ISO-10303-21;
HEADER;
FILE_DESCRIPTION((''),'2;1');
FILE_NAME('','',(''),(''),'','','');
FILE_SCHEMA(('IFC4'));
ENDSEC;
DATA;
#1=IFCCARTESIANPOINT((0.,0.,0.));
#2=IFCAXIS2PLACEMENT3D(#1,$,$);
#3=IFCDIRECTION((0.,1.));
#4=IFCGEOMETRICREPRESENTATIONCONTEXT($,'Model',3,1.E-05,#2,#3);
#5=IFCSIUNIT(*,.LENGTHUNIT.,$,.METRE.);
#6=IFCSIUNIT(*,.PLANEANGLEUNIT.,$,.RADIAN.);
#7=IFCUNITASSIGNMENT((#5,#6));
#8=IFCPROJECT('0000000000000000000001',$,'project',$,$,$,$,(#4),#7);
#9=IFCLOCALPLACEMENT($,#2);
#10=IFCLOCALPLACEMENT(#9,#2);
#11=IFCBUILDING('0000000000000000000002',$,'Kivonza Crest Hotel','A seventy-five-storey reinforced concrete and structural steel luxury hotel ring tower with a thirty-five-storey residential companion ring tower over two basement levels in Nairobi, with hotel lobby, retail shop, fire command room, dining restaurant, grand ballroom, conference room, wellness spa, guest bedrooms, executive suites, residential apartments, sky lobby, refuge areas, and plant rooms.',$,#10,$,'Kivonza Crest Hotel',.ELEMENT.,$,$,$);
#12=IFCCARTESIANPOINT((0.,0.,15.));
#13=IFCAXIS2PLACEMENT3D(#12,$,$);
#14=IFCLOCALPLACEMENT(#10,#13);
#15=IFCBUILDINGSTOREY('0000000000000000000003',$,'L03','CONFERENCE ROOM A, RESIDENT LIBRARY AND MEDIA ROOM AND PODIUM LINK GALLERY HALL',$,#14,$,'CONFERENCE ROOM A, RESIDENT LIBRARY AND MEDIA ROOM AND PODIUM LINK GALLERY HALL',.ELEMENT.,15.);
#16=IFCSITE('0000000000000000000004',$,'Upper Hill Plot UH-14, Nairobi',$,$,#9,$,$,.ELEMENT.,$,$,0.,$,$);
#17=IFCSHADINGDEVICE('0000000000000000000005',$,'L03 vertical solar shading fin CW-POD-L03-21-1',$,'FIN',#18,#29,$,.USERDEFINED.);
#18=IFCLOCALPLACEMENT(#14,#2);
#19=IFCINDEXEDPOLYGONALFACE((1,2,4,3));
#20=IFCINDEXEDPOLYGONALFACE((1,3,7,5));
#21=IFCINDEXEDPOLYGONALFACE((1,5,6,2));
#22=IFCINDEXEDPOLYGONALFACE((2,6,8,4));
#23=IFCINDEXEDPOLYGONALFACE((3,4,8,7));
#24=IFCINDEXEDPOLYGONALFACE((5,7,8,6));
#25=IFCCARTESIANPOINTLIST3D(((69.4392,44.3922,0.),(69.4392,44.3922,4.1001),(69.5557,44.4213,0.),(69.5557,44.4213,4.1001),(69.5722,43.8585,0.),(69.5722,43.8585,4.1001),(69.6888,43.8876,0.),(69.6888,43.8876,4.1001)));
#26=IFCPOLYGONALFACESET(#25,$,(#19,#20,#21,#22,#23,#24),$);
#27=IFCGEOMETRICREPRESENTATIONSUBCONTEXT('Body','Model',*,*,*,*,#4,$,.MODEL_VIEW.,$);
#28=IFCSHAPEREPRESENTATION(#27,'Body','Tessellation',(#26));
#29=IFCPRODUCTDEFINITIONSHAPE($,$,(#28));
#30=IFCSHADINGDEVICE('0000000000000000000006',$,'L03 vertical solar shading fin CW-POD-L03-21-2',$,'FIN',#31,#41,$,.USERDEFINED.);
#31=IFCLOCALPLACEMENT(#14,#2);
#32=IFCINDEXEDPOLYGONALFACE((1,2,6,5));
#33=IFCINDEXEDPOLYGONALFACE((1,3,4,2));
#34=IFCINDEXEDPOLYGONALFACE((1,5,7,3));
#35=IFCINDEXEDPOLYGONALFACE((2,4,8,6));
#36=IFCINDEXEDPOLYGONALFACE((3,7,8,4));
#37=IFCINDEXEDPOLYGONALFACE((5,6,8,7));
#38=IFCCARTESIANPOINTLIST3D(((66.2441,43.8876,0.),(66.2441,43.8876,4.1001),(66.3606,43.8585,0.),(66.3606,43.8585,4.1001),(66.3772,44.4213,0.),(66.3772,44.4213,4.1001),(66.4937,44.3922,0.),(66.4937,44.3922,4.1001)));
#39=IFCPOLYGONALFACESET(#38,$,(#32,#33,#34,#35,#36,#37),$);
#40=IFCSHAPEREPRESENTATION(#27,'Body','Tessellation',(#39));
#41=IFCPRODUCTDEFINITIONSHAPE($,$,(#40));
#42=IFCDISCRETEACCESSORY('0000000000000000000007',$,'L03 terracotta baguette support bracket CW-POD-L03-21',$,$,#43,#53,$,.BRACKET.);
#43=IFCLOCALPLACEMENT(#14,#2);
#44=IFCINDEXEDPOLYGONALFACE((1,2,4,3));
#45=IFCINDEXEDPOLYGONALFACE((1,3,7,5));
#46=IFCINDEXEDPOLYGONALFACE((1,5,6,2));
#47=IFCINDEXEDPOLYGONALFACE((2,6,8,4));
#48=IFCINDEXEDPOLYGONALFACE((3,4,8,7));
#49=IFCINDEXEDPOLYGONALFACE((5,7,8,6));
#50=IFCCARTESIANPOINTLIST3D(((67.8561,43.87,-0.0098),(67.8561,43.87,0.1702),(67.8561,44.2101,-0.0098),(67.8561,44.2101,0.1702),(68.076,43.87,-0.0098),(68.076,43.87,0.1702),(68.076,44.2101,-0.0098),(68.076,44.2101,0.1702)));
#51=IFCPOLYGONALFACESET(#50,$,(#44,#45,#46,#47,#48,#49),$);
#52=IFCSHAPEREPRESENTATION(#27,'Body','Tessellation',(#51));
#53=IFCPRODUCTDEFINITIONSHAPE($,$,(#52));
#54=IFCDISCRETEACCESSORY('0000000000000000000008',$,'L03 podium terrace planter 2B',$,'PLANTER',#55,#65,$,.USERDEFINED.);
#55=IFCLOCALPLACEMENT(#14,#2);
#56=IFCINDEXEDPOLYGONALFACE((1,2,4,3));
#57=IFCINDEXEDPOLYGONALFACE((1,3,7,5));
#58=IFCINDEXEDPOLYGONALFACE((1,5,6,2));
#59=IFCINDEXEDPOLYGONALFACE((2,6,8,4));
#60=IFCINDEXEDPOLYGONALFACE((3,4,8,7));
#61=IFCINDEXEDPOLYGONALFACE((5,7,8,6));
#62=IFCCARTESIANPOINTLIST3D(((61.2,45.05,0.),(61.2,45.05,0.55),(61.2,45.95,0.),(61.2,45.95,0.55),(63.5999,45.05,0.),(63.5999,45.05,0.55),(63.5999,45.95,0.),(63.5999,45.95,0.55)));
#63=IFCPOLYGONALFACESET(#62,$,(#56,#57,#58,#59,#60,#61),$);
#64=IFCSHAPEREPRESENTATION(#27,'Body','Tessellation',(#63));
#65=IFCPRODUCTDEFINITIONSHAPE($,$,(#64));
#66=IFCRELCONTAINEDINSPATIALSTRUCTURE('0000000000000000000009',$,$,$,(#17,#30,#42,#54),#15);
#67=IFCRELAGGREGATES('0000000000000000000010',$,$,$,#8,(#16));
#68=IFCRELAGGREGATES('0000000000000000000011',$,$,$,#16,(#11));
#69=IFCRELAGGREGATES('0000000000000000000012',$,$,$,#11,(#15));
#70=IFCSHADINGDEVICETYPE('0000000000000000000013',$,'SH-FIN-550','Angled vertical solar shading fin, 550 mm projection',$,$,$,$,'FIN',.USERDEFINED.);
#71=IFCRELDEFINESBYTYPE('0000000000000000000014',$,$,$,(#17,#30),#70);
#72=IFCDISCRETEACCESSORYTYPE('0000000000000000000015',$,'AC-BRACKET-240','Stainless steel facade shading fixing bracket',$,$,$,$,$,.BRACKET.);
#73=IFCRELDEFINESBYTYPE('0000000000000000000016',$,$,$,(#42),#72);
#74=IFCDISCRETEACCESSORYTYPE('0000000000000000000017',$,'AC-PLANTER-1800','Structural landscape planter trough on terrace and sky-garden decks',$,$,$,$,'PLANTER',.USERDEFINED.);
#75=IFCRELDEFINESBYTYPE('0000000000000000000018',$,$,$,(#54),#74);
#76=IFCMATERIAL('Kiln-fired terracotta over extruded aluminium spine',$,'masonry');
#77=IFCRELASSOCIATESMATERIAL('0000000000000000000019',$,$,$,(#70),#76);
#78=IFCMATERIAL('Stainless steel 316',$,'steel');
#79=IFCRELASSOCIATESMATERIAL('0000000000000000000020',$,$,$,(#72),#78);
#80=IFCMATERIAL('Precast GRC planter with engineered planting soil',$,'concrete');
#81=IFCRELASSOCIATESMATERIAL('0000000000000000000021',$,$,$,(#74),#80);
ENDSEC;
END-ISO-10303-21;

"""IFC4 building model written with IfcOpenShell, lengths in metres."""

from ifc_helpers import new_model, si_unit, direction, frame, origin, origin_2d, place, context, subcontext, project, spatial, rectangle, extrude, material, type_object, element, save


model = new_model("IFC4")

# Units and contexts
model_context = context("Model", 3, precision=1e-05, world=origin(), true_north=direction((0.0, 1.0)))
body_context = subcontext(model_context, "Body", "Model", "MODEL_VIEW")
ifc_project = project(units=[si_unit("LENGTHUNIT", "METRE"), si_unit("PLANEANGLEUNIT", "RADIAN")], contexts=[model_context])

# Site, building, storey
site_placement = place(None, origin())
site = spatial("IfcSite", under=ifc_project, at=site_placement, Name="Upper Hill Plot UH-14, Nairobi", CompositionType="ELEMENT", RefElevation=0.0)
building_placement = place(site_placement, origin())
building = spatial("IfcBuilding", under=site, at=building_placement, Name="Kivonza Crest Hotel", Description="A seventy-five-storey reinforced concrete and structural steel luxury hotel ring tower with a thirty-five-storey residential companion ring tower over two basement levels in Nairobi, with hotel lobby, retail shop, fire command room, dining restaurant, grand ballroom, conference room, wellness spa, guest bedrooms, executive suites, residential apartments, sky lobby, refuge areas, and plant rooms.", LongName="Kivonza Crest Hotel", CompositionType="ELEMENT")
storey_placement = place(building_placement, frame((0.0, 0.0, 15.0)))
storey = spatial("IfcBuildingStorey", under=building, at=storey_placement, Name="L03", Description="CONFERENCE ROOM A, RESIDENT LIBRARY AND MEDIA ROOM AND PODIUM LINK GALLERY HALL", LongName="CONFERENCE ROOM A, RESIDENT LIBRARY AND MEDIA ROOM AND PODIUM LINK GALLERY HALL", CompositionType="ELEMENT", Elevation=15.0)

# Shading devices
ifc_material_1 = material(Name="Kiln-fired terracotta over extruded aluminium spine", Category="masonry")
shading_device_type_1 = type_object("IfcShadingDeviceType", Name="SH-FIN-550", Description="Angled vertical solar shading fin, 550 mm projection", ElementType="FIN", PredefinedType="USERDEFINED", material=ifc_material_1)
for number, where, z_axis, x_axis, name in (
    (1, (69.564, 44.1399, 0.0), (0.0, 0.0, 1.0), (-0.970296, -0.241922, 0.0), "L03 vertical solar shading fin CW-POD-L03-21-1"),
    (2, (66.3689, 44.1399, 0.0), (0.0, 0.0, 1.0), (-0.970296, 0.241922, 0.0), "L03 vertical solar shading fin CW-POD-L03-21-2"),
):
    element("IfcShadingDevice", number, at=place(storey_placement, frame(where, z_axis=z_axis, x_axis=x_axis)), inside=storey, type_object=shading_device_type_1, Name=name, ObjectType="FIN", PredefinedType="USERDEFINED", context=body_context, shape_type="SweptSolid", body=[
        extrude(rectangle(XDim=0.1201, YDim=0.55, at=origin_2d()), origin(), (0.0, 0.0, 1.0), 4.1001),
    ])

# Discrete accessories
ifc_material_2 = material(Name="Stainless steel 316", Category="steel")
discrete_accessory_type_1 = type_object("IfcDiscreteAccessoryType", Name="AC-BRACKET-240", Description="Stainless steel facade shading fixing bracket", PredefinedType="BRACKET", material=ifc_material_2)
discrete_accessory_1_placement = place(storey_placement, frame((67.9661, 44.04, -0.0098), z_axis=(0.0, 0.0, 1.0), x_axis=(-1.0, 0.0, 0.0)))
element("IfcDiscreteAccessory", 3, at=discrete_accessory_1_placement, inside=storey, type_object=discrete_accessory_type_1, Name="L03 terracotta baguette support bracket CW-POD-L03-21", PredefinedType="BRACKET", context=body_context, shape_type="SweptSolid", body=[
    extrude(rectangle(XDim=0.22, YDim=0.3401, at=origin_2d()), origin(), (0.0, 0.0, 1.0), 0.1799),
])
ifc_material_3 = material(Name="Precast GRC planter with engineered planting soil", Category="concrete")
discrete_accessory_type_2 = type_object("IfcDiscreteAccessoryType", Name="AC-PLANTER-1800", Description="Structural landscape planter trough on terrace and sky-garden decks", ElementType="PLANTER", PredefinedType="USERDEFINED", material=ifc_material_3)
discrete_accessory_2_placement = place(storey_placement, frame((62.3999, 45.5, 0.0), z_axis=(0.0, 0.0, 1.0), x_axis=(1.0, 0.0, 0.0)))
element("IfcDiscreteAccessory", 4, at=discrete_accessory_2_placement, inside=storey, type_object=discrete_accessory_type_2, Name="L03 podium terrace planter 2B", ObjectType="PLANTER", PredefinedType="USERDEFINED", context=body_context, shape_type="SweptSolid", body=[
    extrude(rectangle(XDim=2.3999, YDim=0.8999, at=origin_2d()), origin(), (0.0, 0.0, 1.0), 0.55),
])

save(model, "model.ifc")
